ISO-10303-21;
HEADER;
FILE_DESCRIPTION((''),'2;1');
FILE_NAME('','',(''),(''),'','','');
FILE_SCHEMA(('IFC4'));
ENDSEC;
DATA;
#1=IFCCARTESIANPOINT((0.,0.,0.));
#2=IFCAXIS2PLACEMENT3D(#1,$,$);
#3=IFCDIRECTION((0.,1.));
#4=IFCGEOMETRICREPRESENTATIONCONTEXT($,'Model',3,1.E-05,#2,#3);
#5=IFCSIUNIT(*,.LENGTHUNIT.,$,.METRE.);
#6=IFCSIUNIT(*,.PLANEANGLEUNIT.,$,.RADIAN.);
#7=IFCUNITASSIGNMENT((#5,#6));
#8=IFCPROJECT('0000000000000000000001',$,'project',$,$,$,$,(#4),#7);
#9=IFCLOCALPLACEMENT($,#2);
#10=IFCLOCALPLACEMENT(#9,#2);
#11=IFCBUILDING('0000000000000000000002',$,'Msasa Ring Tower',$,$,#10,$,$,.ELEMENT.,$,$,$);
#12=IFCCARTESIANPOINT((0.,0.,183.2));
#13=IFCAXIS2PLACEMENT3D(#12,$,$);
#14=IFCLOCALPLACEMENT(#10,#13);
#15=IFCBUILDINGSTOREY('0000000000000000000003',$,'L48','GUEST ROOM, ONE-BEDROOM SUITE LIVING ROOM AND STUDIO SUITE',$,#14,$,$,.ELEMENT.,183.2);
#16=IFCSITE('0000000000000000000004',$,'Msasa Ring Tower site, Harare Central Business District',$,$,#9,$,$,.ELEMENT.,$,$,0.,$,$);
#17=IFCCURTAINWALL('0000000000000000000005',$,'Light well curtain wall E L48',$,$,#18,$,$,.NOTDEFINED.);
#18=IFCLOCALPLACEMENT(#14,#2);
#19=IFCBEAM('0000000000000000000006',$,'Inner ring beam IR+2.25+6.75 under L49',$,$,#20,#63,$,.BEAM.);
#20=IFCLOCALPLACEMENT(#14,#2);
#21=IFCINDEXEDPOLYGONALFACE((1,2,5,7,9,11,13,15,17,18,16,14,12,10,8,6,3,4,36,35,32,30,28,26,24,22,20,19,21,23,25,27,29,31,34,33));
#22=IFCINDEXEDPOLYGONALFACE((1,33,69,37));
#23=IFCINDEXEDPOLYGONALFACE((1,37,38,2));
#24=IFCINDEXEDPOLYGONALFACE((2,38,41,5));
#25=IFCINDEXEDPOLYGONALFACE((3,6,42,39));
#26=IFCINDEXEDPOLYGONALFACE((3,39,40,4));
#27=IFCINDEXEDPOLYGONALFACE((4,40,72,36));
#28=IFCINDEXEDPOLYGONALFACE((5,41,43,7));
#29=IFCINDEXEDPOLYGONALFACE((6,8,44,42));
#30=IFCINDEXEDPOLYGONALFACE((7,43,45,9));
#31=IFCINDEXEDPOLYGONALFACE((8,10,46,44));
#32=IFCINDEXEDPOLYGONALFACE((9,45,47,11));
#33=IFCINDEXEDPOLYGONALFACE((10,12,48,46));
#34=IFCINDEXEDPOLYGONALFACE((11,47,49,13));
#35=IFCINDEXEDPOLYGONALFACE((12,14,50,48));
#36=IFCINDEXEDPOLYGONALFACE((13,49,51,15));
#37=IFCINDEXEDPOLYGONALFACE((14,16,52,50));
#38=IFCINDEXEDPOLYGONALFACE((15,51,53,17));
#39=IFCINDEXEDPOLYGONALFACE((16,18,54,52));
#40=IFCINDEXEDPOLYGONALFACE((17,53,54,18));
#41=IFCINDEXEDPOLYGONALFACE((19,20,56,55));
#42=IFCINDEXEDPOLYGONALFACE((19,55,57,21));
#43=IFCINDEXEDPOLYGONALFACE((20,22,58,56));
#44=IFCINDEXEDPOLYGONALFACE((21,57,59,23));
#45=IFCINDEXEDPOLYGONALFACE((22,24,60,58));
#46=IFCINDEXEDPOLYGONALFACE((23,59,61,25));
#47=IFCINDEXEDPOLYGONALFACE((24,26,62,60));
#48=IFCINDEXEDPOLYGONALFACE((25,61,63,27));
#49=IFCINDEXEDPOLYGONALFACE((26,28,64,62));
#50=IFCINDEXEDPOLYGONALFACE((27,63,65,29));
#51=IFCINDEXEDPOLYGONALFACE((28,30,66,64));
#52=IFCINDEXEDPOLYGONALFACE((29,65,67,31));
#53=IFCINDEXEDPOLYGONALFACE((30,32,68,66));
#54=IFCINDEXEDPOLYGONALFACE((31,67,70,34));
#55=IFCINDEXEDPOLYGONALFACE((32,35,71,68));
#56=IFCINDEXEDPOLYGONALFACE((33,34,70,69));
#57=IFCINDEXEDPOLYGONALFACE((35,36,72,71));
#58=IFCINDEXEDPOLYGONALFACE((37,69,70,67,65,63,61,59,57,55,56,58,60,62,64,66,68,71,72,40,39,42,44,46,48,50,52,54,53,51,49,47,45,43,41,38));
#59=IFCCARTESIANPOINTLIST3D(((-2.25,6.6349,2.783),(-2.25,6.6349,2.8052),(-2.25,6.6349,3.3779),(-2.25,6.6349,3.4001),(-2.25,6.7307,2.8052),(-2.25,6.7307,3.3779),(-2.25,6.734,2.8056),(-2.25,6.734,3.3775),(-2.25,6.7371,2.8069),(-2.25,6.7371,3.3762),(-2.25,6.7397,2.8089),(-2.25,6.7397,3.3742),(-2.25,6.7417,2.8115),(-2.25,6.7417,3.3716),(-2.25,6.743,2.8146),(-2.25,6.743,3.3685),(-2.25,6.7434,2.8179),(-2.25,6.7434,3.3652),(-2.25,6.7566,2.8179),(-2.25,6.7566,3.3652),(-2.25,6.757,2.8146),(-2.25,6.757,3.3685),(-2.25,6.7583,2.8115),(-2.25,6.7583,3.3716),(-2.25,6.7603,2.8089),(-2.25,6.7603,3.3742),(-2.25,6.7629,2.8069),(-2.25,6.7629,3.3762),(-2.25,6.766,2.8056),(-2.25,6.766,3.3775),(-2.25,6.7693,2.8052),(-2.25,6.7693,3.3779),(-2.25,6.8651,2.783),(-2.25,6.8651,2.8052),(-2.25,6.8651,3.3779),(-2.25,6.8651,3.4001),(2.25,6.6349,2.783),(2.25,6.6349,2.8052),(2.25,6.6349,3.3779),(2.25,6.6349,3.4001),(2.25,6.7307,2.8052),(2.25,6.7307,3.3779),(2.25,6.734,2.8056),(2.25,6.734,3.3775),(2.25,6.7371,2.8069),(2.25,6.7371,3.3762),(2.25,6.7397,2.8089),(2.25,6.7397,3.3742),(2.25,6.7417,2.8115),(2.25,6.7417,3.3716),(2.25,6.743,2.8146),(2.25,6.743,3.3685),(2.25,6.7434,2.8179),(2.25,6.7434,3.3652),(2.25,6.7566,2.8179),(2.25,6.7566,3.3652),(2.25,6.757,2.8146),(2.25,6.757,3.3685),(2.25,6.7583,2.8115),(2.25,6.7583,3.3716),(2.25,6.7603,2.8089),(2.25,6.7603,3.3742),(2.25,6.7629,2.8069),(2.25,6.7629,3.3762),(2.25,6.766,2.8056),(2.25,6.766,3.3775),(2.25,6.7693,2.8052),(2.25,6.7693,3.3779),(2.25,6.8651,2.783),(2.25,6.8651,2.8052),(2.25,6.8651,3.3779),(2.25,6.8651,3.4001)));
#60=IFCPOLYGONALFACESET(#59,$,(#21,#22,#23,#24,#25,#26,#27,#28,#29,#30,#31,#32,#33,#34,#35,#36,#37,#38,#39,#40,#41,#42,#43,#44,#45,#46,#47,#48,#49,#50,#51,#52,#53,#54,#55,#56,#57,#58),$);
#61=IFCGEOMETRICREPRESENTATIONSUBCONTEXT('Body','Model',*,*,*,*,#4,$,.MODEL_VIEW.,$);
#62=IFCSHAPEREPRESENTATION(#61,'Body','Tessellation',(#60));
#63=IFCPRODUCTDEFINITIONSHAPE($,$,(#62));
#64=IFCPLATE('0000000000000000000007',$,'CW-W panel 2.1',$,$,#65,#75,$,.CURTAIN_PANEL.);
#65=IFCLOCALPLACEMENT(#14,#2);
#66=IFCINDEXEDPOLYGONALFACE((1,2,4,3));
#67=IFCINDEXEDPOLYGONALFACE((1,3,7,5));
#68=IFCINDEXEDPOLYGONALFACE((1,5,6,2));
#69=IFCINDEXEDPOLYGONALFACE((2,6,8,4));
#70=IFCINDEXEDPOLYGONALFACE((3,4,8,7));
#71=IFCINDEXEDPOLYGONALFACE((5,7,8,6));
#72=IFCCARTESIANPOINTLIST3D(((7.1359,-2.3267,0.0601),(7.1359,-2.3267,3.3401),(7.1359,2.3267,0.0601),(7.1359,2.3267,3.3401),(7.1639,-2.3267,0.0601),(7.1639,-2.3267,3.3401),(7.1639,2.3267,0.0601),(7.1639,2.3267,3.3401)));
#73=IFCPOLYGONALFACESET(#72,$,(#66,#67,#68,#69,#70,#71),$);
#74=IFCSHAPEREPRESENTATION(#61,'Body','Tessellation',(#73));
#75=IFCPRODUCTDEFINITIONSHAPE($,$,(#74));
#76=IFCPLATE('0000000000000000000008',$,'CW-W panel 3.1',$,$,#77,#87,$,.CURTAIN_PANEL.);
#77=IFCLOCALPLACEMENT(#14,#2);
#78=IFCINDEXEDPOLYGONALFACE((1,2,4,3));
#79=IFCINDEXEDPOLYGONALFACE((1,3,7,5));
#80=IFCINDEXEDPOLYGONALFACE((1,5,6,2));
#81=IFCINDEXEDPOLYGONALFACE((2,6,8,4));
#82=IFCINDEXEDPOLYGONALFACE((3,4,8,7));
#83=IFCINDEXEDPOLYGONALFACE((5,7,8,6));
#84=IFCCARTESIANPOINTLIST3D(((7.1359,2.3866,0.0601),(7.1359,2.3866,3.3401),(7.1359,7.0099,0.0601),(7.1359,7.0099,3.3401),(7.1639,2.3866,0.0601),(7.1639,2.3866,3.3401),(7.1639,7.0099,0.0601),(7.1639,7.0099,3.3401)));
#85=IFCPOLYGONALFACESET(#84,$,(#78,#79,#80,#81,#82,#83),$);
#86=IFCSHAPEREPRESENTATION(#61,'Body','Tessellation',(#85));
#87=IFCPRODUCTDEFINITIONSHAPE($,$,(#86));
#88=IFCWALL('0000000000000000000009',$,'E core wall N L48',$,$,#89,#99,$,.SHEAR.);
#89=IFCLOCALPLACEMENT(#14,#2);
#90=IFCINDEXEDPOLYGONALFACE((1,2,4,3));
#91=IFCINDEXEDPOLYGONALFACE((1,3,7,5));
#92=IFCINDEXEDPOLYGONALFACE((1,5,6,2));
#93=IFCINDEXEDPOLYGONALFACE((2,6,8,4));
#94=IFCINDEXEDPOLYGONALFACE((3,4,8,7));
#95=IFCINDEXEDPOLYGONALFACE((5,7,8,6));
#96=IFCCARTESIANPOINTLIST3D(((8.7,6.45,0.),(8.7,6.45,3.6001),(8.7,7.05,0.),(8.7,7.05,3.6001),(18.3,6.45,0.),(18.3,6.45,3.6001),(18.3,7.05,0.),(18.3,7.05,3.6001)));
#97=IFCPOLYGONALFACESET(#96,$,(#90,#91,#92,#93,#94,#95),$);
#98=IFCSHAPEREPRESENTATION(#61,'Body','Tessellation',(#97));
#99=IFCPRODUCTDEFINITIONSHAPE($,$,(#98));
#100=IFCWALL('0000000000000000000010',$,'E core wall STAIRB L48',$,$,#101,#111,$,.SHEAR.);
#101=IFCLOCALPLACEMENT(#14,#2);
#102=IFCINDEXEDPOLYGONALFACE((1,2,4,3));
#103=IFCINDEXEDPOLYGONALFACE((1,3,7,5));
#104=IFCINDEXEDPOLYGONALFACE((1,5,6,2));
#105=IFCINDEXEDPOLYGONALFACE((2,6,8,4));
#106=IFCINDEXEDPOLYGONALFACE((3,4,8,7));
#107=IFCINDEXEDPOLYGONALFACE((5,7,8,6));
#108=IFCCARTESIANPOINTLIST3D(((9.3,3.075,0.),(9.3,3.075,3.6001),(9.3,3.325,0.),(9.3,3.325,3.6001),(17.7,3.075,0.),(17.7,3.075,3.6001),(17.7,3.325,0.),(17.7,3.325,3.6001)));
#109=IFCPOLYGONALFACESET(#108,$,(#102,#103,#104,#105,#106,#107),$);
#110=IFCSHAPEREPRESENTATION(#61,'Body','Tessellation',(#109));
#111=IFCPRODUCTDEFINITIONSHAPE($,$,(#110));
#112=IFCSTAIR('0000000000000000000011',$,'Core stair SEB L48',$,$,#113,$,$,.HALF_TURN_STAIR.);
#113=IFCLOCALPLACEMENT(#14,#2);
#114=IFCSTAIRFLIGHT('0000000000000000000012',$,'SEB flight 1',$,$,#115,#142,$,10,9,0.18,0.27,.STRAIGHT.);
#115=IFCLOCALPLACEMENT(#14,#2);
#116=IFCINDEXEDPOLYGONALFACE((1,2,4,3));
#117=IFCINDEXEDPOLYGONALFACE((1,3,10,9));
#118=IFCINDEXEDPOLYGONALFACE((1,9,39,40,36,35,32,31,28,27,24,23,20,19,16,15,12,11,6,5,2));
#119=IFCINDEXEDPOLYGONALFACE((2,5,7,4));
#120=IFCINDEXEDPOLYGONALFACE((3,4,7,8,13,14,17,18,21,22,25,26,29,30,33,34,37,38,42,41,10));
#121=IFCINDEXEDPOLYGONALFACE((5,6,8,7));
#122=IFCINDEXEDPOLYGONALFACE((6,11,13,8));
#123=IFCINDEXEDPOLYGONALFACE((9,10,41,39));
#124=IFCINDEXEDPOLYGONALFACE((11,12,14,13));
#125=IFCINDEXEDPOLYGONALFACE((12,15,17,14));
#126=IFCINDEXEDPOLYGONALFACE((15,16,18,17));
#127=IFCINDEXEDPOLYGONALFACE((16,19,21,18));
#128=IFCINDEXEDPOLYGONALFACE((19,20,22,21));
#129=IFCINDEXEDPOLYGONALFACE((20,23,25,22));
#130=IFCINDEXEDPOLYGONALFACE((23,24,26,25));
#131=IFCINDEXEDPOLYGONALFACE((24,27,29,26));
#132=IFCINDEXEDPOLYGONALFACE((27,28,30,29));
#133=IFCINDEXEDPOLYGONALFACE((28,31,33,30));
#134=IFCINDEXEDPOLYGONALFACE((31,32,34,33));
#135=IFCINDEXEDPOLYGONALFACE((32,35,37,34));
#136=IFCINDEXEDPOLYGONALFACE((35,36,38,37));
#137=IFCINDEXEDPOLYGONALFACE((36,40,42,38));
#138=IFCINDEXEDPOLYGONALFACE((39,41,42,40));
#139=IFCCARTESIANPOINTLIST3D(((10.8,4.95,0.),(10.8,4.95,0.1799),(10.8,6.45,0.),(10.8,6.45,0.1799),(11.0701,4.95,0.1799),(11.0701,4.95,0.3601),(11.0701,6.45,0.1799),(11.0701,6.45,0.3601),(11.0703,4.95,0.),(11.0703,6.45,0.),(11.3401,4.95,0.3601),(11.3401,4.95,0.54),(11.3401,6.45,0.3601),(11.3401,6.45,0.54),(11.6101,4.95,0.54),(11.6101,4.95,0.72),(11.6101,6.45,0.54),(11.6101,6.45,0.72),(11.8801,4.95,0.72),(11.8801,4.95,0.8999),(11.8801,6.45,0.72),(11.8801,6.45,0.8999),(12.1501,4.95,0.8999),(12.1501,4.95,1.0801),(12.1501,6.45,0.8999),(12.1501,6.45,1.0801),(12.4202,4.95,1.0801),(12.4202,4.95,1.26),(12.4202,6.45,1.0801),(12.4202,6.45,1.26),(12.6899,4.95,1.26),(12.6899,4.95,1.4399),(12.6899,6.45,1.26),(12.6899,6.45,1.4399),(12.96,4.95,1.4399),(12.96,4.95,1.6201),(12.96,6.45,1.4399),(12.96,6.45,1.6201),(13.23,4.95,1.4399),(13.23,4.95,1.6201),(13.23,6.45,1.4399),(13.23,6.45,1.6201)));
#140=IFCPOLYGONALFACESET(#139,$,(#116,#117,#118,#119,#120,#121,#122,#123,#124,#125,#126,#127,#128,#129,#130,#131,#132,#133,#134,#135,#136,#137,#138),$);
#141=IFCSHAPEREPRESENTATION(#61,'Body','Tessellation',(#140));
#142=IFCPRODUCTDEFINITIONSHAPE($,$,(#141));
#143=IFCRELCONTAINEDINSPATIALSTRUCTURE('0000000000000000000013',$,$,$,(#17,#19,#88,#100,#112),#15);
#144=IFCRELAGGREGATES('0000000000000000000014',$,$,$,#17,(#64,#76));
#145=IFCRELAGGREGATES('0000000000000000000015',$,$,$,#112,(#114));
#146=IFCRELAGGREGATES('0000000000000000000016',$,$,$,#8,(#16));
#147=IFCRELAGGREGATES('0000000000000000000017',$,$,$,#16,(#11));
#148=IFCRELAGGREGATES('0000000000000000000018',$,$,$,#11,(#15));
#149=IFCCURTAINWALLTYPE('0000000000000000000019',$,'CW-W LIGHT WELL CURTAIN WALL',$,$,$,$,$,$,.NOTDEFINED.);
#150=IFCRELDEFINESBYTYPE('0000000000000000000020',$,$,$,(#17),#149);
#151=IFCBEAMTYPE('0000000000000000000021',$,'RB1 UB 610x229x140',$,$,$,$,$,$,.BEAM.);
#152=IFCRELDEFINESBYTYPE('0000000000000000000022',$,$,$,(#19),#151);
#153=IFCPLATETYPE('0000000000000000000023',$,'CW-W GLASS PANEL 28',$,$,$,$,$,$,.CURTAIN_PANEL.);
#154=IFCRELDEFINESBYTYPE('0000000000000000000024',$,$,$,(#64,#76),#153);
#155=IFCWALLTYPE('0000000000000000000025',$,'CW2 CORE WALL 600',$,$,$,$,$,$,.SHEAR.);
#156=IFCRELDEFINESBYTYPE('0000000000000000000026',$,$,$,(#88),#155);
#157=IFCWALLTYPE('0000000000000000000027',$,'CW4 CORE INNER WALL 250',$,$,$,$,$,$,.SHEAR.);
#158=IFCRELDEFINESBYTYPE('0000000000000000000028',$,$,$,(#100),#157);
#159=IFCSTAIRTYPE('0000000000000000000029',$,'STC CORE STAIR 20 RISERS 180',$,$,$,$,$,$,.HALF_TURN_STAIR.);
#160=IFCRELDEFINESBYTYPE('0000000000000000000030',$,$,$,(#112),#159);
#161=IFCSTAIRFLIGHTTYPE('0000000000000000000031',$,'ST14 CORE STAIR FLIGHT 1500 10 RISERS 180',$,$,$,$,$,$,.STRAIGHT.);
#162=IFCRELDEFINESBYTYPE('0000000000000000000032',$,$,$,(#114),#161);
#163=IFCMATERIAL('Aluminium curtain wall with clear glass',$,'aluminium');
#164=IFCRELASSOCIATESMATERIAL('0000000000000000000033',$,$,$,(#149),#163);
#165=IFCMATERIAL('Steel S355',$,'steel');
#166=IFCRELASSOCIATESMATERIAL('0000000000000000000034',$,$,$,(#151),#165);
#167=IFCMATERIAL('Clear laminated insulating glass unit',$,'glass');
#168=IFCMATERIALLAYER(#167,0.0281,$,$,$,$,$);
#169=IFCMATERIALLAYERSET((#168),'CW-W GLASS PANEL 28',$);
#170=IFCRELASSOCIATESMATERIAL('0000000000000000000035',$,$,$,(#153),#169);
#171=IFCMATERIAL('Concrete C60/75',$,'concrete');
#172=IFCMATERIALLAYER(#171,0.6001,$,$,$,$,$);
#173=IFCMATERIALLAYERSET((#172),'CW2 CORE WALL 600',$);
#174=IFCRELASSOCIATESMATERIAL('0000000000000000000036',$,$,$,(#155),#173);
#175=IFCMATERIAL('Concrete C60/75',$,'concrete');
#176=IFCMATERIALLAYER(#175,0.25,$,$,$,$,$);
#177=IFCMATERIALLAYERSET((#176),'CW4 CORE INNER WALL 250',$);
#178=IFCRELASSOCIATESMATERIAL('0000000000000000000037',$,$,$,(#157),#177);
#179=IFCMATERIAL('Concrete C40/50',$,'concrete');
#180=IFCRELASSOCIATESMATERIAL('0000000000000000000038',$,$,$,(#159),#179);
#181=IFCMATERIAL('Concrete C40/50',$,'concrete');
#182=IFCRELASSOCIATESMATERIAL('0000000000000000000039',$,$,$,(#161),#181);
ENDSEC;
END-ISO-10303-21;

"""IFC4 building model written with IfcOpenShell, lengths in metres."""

from ifc_helpers import new_model, si_unit, direction, frame, frame_2d, origin, origin_2d, place, context, subcontext, project, spatial, polyline, rectangle, i_section, outline, extrude, material, layer, layer_set, material_profile, profile_set, type_object, element, aggregate, save


model = new_model("IFC4")

# Units and contexts
model_context = context("Model", 3, precision=1e-05, world=origin(), true_north=direction((0.0, 1.0)))
body_context = subcontext(model_context, "Body", "Model", "MODEL_VIEW")
ifc_project = project(units=[si_unit("LENGTHUNIT", "METRE"), si_unit("PLANEANGLEUNIT", "RADIAN")], contexts=[model_context])

# Site, building, storey
site_placement = place(None, origin())
site = spatial("IfcSite", under=ifc_project, at=site_placement, Name="Msasa Ring Tower site, Harare Central Business District", CompositionType="ELEMENT", RefElevation=0.0)
building_placement = place(site_placement, origin())
building = spatial("IfcBuilding", under=site, at=building_placement, Name="Msasa Ring Tower", CompositionType="ELEMENT")
storey_placement = place(building_placement, frame((0.0, 0.0, 183.2)))
storey = spatial("IfcBuildingStorey", under=building, at=storey_placement, Name="L48", Description="GUEST ROOM, ONE-BEDROOM SUITE LIVING ROOM AND STUDIO SUITE", CompositionType="ELEMENT", Elevation=183.2)

# Curtain wall
ifc_material_1 = material(Name="Aluminium curtain wall with clear glass", Category="aluminium")
curtain_wall_type = type_object("IfcCurtainWallType", Name="CW-W LIGHT WELL CURTAIN WALL", PredefinedType="NOTDEFINED", material=ifc_material_1)
curtain_wall_placement = place(storey_placement, origin())
curtain_wall = element("IfcCurtainWall", 1, at=curtain_wall_placement, inside=storey, type_object=curtain_wall_type, Name="Light well curtain wall E L48", PredefinedType="NOTDEFINED")

# Beam
ifc_material_2 = material(Name="Steel S355", Category="steel")
ifc_material_profile_1 = material_profile(ifc_material_2, i_section(OverallWidth=0.2302, OverallDepth=0.6172, WebThickness=0.0132, FlangeThickness=0.0222, FilletRadius=0.0127, at=origin_2d()), Name="UB 610x229x140")
ifc_profile_set_1 = profile_set([ifc_material_profile_1], Name="Steel S355")
beam_type = type_object("IfcBeamType", Name="RB1 UB 610x229x140", PredefinedType="BEAM", material=ifc_profile_set_1)
for number, where, z_axis, x_axis, name in (
    (2, (2.25, 6.75, 3.0916), (-1.0, 0.0, 0.0), (0.0, -1.0, 0.0), "Inner ring beam IR+2.25+6.75 under L49"),
):
    element("IfcBeam", number, at=place(storey_placement, frame(where, z_axis=z_axis, x_axis=x_axis)), inside=storey, type_object=beam_type, Name=name, PredefinedType="BEAM", context=body_context, shape_type="SweptSolid", body=[
        extrude(i_section(OverallWidth=0.2302, OverallDepth=0.6172, WebThickness=0.0132, FlangeThickness=0.0222, FilletRadius=0.0127, at=origin_2d()), origin(), (0.0, 0.0, 1.0), 4.5),
    ])

# Plates
ifc_material_3 = material(Name="Clear laminated insulating glass unit", Category="glass")
ifc_layer_1 = layer(ifc_material_3, 0.0281)
ifc_layer_set_1 = layer_set([ifc_layer_1], Name="CW-W GLASS PANEL 28")
plate_type = type_object("IfcPlateType", Name="CW-W GLASS PANEL 28", PredefinedType="CURTAIN_PANEL", material=ifc_layer_set_1)
plate_1_placement = place(storey_placement, frame((7.1499, 0.0, 0.0601), z_axis=(0.0, 0.0, 1.0), x_axis=(0.0, 1.0, 0.0)))
plate_1 = element("IfcPlate", 3, at=plate_1_placement, type_object=plate_type, Name="CW-W panel 2.1", PredefinedType="CURTAIN_PANEL", context=body_context, shape_type="SweptSolid", body=[
    extrude(rectangle(XDim=4.6533, YDim=0.0281, at=origin_2d()), origin(), (0.0, 0.0, 1.0), 3.28),
])
plate_2_placement = place(storey_placement, frame((7.1499, 4.6982, 0.0601), z_axis=(0.0, 0.0, 1.0), x_axis=(0.0, 1.0, 0.0)))
plate_2 = element("IfcPlate", 4, at=plate_2_placement, type_object=plate_type, Name="CW-W panel 3.1", PredefinedType="CURTAIN_PANEL", context=body_context, shape_type="SweptSolid", body=[
    extrude(rectangle(XDim=4.6233, YDim=0.0281, at=origin_2d()), origin(), (0.0, 0.0, 1.0), 3.28),
])
aggregate(curtain_wall, [plate_1, plate_2])

# Walls
ifc_material_4 = material(Name="Concrete C60/75", Category="concrete")
ifc_layer_2 = layer(ifc_material_4, 0.6001)
ifc_layer_set_2 = layer_set([ifc_layer_2], Name="CW2 CORE WALL 600")
wall_type_1 = type_object("IfcWallType", Name="CW2 CORE WALL 600", PredefinedType="SHEAR", material=ifc_layer_set_2)
wall_1_placement = place(storey_placement, frame((8.7, 6.75, 0.0), z_axis=(0.0, 0.0, 1.0), x_axis=(1.0, 0.0, 0.0)))
element("IfcWall", 5, at=wall_1_placement, inside=storey, type_object=wall_type_1, Name="E core wall N L48", PredefinedType="SHEAR", context=body_context, shape_type="SweptSolid", body=[
    extrude(rectangle(XDim=9.6001, YDim=0.6001, at=frame_2d((4.8, 0.0))), origin(), (0.0, 0.0, 1.0), 3.6001),
])
ifc_material_5 = material(Name="Concrete C60/75", Category="concrete")
ifc_layer_3 = layer(ifc_material_5, 0.25)
ifc_layer_set_3 = layer_set([ifc_layer_3], Name="CW4 CORE INNER WALL 250")
wall_type_2 = type_object("IfcWallType", Name="CW4 CORE INNER WALL 250", PredefinedType="SHEAR", material=ifc_layer_set_3)
wall_2_placement = place(storey_placement, frame((9.3, 3.2, 0.0), z_axis=(0.0, 0.0, 1.0), x_axis=(1.0, 0.0, 0.0)))
element("IfcWall", 6, at=wall_2_placement, inside=storey, type_object=wall_type_2, Name="E core wall STAIRB L48", PredefinedType="SHEAR", context=body_context, shape_type="SweptSolid", body=[
    extrude(rectangle(XDim=8.3999, YDim=0.25, at=frame_2d((4.2, 0.0))), origin(), (0.0, 0.0, 1.0), 3.6001),
])

# Stair, stair flight
ifc_material_6 = material(Name="Concrete C40/50", Category="concrete")
stair_type = type_object("IfcStairType", Name="STC CORE STAIR 20 RISERS 180", PredefinedType="HALF_TURN_STAIR", material=ifc_material_6)
stair_placement = place(storey_placement, origin())
stair = element("IfcStair", 7, at=stair_placement, inside=storey, type_object=stair_type, Name="Core stair SEB L48", PredefinedType="HALF_TURN_STAIR")
ifc_material_7 = material(Name="Concrete C40/50", Category="concrete")
stair_flight_type = type_object("IfcStairFlightType", Name="ST14 CORE STAIR FLIGHT 1500 10 RISERS 180", PredefinedType="STRAIGHT", material=ifc_material_7)
stair_flight_placement = place(storey_placement, frame((10.8, 5.7, 0.0), z_axis=(0.0, 0.0, 1.0), x_axis=(1.0, 0.0, 0.0)))
stair_flight = element("IfcStairFlight", 8, at=stair_flight_placement, type_object=stair_flight_type, Name="SEB flight 1", NumberOfRisers=10, NumberOfTreads=9, PredefinedType="STRAIGHT", RiserHeight=0.18, TreadLength=0.27, context=body_context, shape_type="SweptSolid", body=[
    extrude(outline(polyline([(0.0, 0.0), (0.0, 0.1799), (0.27, 0.1799), (0.27, 0.3601), (0.54, 0.3601), (0.54, 0.54), (0.8101, 0.54), (0.8101, 0.72), (1.0801, 0.72), (1.0801, 0.8999), (1.3501, 0.8999), (1.3501, 1.0801), (1.6201, 1.0801), (1.6201, 1.26), (1.8899, 1.26), (1.8899, 1.4399), (2.1599, 1.4399), (2.1599, 1.6201), (2.4299, 1.6201), (2.4299, 1.8), (2.4299, 1.4399), (0.2703, 0.0), (0.0, 0.0)])), frame((0.0, 0.75, 0.0), z_axis=(0.0, -1.0, 0.0), x_axis=(1.0, 0.0, 0.0)), (0.0, 0.0, 1.0), 1.5),
])
aggregate(stair, [stair_flight])

save(model, "model.ifc")
